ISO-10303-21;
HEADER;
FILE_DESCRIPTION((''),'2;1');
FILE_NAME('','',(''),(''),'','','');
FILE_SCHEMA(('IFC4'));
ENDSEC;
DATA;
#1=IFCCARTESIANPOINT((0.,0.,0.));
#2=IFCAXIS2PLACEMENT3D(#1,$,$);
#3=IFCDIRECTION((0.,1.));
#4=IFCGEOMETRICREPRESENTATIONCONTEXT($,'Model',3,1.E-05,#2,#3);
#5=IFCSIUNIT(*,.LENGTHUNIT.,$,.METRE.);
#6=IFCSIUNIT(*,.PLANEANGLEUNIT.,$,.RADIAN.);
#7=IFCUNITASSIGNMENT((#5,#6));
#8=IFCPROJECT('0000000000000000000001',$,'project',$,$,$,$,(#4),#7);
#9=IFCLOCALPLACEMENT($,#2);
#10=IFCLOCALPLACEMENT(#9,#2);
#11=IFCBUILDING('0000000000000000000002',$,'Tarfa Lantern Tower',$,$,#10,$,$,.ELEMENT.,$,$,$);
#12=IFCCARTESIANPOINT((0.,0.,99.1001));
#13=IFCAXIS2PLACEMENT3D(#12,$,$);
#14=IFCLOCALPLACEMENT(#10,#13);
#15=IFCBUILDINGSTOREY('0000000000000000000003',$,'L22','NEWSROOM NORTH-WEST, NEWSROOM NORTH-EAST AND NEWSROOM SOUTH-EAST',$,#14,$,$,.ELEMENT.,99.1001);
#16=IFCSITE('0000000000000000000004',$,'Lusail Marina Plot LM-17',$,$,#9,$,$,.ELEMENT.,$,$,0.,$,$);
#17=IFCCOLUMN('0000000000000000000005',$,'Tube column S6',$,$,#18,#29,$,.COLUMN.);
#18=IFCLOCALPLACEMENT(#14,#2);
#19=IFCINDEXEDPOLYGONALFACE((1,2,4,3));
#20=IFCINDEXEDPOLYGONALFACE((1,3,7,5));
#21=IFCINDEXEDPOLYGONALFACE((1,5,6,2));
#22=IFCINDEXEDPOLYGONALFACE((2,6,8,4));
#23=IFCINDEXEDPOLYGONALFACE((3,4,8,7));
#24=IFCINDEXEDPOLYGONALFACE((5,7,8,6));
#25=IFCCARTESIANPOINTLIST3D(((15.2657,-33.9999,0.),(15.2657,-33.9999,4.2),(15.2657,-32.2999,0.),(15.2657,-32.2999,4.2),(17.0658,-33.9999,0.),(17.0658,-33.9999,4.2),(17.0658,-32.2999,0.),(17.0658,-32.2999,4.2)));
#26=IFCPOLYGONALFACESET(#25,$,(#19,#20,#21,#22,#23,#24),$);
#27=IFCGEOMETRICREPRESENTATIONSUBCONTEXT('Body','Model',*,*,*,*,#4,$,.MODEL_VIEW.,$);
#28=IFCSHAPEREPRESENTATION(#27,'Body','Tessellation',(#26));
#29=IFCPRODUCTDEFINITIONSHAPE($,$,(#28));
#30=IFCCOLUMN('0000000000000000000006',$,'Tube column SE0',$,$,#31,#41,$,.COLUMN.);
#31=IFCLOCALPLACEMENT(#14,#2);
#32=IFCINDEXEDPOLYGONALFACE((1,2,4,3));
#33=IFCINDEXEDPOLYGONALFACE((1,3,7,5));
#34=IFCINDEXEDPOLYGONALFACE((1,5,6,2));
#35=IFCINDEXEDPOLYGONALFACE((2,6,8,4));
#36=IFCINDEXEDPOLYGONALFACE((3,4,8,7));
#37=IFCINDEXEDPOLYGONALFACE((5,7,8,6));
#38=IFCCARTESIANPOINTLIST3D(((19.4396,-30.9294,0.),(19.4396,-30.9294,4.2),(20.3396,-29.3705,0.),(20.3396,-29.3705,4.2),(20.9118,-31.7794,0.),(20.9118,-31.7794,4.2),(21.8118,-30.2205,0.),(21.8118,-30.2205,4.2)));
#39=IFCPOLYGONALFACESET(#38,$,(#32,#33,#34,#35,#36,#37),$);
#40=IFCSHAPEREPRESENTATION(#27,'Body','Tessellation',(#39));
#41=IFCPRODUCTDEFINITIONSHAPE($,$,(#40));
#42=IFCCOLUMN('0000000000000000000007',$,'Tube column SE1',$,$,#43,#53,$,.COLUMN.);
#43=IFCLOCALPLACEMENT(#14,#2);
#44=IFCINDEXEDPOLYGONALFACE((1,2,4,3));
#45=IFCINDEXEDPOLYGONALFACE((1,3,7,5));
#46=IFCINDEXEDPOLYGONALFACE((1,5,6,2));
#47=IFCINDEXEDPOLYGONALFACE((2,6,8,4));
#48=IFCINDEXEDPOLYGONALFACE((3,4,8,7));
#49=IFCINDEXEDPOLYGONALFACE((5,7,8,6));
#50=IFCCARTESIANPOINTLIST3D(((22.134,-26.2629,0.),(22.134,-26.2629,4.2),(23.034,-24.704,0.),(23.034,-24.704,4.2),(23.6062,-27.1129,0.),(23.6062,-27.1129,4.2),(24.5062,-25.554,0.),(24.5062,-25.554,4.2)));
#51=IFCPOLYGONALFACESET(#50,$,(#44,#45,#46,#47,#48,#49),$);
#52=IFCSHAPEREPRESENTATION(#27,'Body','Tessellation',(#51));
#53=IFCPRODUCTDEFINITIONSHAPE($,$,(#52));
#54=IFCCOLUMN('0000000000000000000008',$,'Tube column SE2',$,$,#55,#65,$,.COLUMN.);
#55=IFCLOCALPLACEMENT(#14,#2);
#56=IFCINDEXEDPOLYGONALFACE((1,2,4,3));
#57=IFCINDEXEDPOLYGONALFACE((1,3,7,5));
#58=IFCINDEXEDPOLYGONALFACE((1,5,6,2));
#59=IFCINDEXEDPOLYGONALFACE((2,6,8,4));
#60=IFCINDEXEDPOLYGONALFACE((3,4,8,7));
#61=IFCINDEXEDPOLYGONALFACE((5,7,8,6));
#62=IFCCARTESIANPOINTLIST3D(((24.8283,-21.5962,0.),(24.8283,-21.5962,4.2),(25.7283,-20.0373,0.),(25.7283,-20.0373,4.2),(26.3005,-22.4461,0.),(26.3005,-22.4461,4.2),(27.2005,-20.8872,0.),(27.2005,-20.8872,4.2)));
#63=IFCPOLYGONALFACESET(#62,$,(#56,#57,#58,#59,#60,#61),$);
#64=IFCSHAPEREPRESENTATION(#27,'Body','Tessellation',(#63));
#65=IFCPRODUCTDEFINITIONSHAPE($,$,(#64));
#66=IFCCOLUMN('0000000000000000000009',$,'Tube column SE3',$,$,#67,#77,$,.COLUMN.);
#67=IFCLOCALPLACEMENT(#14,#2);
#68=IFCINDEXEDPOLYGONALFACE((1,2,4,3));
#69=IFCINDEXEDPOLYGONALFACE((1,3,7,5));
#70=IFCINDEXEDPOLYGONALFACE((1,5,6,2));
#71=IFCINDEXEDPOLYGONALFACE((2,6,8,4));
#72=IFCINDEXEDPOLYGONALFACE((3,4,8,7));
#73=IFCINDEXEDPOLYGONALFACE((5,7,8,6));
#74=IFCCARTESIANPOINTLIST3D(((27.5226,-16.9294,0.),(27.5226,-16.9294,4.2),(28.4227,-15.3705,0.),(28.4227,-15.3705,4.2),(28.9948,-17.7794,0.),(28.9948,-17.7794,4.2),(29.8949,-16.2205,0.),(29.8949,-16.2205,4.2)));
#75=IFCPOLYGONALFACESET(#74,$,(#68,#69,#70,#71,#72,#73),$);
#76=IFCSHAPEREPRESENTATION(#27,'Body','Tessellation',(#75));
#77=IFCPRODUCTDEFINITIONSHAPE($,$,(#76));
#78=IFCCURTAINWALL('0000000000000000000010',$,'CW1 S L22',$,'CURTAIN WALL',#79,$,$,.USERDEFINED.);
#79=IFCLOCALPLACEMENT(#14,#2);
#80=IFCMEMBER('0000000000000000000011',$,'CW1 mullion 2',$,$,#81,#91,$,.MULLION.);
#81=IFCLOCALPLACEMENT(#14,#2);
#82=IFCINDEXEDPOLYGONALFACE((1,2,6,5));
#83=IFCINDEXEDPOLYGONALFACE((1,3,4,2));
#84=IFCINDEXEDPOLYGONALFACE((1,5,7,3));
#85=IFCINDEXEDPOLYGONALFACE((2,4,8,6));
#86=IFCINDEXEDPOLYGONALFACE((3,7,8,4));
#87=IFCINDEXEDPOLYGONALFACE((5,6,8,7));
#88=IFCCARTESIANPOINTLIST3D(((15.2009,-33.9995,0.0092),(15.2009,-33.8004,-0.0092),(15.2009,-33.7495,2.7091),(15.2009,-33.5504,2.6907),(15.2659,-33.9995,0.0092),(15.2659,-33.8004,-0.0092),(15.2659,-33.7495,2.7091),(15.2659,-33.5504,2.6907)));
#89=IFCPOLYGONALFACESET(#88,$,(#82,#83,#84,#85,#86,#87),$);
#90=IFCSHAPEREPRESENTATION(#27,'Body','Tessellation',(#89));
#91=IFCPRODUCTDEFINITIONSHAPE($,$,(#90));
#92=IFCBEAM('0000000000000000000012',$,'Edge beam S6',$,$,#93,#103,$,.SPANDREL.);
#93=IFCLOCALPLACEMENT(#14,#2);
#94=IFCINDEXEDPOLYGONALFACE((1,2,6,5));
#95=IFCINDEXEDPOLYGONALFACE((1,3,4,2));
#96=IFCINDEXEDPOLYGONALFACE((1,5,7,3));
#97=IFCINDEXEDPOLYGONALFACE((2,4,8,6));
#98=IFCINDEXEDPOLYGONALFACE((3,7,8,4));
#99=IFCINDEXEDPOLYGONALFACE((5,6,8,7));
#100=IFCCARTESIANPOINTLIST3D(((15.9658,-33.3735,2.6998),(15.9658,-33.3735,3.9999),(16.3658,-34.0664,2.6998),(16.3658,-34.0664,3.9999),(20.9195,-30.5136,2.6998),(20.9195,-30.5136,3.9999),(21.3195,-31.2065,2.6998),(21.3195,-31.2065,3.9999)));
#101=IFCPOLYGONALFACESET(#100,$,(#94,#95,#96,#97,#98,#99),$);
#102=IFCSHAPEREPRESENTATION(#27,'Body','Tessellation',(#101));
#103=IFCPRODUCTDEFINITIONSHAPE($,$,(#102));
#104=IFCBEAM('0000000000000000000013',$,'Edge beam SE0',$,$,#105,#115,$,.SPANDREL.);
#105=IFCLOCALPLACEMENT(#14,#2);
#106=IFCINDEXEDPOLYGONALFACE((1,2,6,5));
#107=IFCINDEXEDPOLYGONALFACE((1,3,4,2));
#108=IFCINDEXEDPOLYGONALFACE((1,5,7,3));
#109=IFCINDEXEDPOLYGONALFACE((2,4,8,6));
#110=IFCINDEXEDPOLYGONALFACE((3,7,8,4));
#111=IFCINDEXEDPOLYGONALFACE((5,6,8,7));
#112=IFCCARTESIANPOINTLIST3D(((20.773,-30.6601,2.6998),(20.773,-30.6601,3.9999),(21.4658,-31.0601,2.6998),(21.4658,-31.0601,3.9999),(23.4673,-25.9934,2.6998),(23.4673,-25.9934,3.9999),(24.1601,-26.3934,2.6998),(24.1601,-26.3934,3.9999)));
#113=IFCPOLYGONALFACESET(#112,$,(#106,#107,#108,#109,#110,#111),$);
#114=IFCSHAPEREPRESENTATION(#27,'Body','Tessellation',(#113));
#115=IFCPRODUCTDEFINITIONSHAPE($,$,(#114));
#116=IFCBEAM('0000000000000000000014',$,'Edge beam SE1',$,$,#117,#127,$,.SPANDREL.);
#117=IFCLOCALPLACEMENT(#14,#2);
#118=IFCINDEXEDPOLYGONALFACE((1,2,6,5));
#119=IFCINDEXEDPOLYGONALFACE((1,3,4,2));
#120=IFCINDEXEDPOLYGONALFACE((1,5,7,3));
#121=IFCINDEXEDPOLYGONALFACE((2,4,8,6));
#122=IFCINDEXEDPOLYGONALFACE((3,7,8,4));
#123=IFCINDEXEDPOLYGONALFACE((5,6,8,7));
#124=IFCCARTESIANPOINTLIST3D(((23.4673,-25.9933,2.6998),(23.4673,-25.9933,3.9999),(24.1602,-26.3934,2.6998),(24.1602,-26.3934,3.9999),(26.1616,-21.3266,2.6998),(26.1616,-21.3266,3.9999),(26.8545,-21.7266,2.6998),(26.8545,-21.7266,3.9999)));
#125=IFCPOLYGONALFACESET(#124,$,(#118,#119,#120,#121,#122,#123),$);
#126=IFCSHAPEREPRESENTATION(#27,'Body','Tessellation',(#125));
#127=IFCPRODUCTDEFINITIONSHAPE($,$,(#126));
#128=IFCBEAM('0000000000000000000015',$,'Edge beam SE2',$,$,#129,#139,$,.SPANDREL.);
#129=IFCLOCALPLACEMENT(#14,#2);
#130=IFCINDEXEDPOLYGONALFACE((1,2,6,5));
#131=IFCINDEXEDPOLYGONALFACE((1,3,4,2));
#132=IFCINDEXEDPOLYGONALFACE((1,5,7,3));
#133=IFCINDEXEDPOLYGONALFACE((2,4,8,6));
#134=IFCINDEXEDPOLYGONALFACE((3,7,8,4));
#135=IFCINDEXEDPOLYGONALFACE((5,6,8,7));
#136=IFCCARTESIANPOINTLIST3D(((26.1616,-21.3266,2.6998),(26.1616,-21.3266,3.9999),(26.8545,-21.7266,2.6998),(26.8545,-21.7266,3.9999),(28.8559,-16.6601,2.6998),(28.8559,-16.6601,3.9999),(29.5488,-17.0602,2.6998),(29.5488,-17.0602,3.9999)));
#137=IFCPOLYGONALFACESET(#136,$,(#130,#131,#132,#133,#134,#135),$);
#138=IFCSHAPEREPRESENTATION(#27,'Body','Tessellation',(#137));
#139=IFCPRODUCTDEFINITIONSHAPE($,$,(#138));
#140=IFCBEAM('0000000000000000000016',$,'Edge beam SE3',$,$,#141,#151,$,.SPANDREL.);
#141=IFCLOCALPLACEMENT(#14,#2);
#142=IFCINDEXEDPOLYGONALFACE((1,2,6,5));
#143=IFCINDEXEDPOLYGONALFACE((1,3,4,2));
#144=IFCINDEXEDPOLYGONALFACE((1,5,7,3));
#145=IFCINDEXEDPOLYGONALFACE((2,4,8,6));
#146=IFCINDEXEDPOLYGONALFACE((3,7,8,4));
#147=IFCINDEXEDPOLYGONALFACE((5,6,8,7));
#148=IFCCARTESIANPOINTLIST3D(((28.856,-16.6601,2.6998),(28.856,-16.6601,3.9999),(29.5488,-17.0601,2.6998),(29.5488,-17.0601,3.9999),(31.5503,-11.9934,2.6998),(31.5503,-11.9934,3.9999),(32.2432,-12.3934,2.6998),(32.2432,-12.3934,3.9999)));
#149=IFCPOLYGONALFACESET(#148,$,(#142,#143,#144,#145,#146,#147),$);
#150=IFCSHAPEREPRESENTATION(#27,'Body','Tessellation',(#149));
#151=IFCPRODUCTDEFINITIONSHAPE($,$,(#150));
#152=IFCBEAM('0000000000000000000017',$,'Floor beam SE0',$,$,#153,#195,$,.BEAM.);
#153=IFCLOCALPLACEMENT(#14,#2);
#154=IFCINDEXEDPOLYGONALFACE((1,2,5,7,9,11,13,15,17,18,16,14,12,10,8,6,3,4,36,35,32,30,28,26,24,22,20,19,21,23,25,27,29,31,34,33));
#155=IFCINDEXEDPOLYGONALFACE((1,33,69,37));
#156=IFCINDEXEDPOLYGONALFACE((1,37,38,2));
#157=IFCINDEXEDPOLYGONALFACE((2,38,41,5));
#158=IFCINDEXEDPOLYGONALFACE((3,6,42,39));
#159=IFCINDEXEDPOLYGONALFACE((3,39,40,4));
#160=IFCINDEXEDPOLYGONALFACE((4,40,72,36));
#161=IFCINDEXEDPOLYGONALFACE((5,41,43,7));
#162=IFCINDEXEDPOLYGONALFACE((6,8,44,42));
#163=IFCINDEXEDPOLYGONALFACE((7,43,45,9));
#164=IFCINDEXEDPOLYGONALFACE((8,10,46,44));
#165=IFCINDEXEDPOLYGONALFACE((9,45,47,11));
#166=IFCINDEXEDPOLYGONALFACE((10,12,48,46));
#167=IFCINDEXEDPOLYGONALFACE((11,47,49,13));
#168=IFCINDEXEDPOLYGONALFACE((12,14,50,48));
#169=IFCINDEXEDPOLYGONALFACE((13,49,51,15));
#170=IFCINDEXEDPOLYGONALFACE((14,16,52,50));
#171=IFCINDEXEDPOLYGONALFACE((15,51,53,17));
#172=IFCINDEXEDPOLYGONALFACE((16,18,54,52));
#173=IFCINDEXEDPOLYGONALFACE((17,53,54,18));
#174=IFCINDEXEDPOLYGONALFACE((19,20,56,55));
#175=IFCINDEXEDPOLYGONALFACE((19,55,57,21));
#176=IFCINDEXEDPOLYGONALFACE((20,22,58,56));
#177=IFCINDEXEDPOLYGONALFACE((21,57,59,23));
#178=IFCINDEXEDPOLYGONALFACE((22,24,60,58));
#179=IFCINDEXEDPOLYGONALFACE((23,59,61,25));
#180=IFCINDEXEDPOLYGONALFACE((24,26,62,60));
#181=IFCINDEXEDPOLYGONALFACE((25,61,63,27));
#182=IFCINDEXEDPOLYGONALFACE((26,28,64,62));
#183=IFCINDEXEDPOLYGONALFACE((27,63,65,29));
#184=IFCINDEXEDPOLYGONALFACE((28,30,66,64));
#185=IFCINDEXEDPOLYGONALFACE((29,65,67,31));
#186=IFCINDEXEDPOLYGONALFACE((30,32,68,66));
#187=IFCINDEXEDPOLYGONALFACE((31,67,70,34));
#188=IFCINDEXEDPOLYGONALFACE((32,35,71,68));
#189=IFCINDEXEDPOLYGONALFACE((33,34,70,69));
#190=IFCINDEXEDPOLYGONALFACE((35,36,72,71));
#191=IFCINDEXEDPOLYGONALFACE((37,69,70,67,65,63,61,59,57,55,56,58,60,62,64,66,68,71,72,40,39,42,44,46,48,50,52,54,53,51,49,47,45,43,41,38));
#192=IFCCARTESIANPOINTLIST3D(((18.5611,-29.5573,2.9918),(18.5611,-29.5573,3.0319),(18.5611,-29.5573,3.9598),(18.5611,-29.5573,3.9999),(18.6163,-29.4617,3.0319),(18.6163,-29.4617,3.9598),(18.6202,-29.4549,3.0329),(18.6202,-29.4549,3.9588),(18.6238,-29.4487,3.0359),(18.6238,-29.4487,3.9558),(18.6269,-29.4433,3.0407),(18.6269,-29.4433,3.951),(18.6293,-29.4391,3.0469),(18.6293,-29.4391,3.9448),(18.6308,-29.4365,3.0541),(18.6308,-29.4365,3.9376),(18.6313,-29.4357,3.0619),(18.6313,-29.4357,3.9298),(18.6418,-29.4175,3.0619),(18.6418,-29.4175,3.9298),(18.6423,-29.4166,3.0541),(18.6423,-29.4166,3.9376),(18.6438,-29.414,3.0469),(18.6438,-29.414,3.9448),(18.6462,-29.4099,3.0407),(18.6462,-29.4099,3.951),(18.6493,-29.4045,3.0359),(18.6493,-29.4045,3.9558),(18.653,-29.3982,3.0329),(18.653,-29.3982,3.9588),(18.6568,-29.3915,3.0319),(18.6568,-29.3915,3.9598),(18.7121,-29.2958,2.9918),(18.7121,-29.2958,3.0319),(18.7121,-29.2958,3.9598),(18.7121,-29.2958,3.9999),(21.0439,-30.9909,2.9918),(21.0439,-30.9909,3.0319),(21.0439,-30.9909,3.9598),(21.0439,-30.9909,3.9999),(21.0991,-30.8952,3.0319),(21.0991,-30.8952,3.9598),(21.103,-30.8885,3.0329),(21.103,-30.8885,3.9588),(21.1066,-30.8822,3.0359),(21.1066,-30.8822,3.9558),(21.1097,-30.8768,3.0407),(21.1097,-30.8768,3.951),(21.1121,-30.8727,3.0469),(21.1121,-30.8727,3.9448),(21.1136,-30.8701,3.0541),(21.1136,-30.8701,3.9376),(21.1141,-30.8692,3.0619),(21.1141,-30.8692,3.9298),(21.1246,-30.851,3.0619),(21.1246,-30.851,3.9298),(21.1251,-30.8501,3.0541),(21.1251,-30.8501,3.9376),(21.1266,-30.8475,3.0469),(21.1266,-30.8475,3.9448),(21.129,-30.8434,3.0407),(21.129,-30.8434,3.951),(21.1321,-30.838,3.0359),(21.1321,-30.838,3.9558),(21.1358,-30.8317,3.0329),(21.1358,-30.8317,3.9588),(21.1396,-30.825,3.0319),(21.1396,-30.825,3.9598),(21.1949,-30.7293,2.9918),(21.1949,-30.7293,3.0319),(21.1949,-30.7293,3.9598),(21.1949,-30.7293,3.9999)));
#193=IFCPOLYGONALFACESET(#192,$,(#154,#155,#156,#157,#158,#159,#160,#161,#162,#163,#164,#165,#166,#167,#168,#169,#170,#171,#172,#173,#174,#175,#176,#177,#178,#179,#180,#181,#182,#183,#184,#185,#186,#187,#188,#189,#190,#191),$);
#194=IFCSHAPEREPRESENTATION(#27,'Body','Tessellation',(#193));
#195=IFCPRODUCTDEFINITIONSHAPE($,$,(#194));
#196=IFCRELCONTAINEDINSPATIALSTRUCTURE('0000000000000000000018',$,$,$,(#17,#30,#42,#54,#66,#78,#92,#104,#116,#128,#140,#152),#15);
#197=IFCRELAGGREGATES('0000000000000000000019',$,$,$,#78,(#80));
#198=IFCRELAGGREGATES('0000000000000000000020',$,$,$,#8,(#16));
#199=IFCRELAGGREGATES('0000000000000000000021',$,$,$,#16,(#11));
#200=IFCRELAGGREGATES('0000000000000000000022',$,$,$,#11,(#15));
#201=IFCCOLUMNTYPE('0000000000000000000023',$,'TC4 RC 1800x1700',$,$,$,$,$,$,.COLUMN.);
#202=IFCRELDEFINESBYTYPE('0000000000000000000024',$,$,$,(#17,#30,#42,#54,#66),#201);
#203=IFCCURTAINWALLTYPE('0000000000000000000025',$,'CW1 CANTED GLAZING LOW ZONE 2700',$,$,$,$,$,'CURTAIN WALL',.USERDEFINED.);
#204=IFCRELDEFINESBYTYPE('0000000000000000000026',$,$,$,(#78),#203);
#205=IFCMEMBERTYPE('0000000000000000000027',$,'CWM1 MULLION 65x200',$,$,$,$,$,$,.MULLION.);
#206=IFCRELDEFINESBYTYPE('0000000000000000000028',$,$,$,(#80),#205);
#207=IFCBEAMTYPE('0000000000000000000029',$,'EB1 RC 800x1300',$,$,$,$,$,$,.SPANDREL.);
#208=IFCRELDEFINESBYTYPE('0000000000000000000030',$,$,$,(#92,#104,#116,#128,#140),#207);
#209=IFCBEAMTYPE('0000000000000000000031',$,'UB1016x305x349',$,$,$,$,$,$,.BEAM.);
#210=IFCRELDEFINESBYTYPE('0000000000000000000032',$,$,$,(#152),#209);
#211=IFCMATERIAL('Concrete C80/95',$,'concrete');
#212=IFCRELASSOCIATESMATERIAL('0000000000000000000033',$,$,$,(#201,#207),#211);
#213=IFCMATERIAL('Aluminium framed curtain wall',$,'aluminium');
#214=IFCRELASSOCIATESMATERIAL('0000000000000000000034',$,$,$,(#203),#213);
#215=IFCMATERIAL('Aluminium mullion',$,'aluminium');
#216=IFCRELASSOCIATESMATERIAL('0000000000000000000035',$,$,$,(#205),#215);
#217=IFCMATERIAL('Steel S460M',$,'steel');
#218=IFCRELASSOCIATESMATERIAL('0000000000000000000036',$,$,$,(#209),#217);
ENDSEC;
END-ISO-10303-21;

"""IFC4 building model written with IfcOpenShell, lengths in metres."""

from ifc_helpers import new_model, si_unit, direction, frame, origin, origin_2d, place, context, subcontext, project, spatial, rectangle, i_section, extrude, material, material_profile, profile_set, type_object, element, aggregate, save


model = new_model("IFC4")

# Units and contexts
model_context = context("Model", 3, precision=1e-05, world=origin(), true_north=direction((0.0, 1.0)))
body_context = subcontext(model_context, "Body", "Model", "MODEL_VIEW")
ifc_project = project(units=[si_unit("LENGTHUNIT", "METRE"), si_unit("PLANEANGLEUNIT", "RADIAN")], contexts=[model_context])

# Site, building, storey
site_placement = place(None, origin())
site = spatial("IfcSite", under=ifc_project, at=site_placement, Name="Lusail Marina Plot LM-17", CompositionType="ELEMENT", RefElevation=0.0)
building_placement = place(site_placement, origin())
building = spatial("IfcBuilding", under=site, at=building_placement, Name="Tarfa Lantern Tower", CompositionType="ELEMENT")
storey_placement = place(building_placement, frame((0.0, 0.0, 99.1001)))
storey = spatial("IfcBuildingStorey", under=building, at=storey_placement, Name="L22", Description="NEWSROOM NORTH-WEST, NEWSROOM NORTH-EAST AND NEWSROOM SOUTH-EAST", CompositionType="ELEMENT", Elevation=99.1001)

# Columns
ifc_material_1 = material(Name="Concrete C80/95", Category="concrete")
ifc_material_profile_1 = material_profile(ifc_material_1, rectangle(XDim=1.8, YDim=1.7, at=origin_2d()), Name="RC 1800x1700")
ifc_profile_set_1 = profile_set([ifc_material_profile_1], Name="Concrete C80/95")
column_type = type_object("IfcColumnType", Name="TC4 RC 1800x1700", PredefinedType="COLUMN", material=ifc_profile_set_1)
for number, where, z_axis, x_axis, name in (
    (1, (16.1658, -33.1499, 0.0), (0.0, 0.0, 1.0), (1.0, 0.0, 0.0), "Tube column S6"),
    (2, (20.6257, -30.575, 0.0), (0.0, 0.0, 1.0), (0.5, 0.866025, 0.0), "Tube column SE0"),
    (3, (23.3201, -25.9084, 0.0), (0.0, 0.0, 1.0), (0.5, 0.866025, 0.0), "Tube column SE1"),
    (4, (26.0144, -21.2417, 0.0), (0.0, 0.0, 1.0), (0.5, 0.866025, 0.0), "Tube column SE2"),
    (5, (28.7087, -16.575, 0.0), (0.0, 0.0, 1.0), (0.5, 0.866025, 0.0), "Tube column SE3"),
):
    element("IfcColumn", number, at=place(storey_placement, frame(where, z_axis=z_axis, x_axis=x_axis)), inside=storey, type_object=column_type, Name=name, PredefinedType="COLUMN", context=body_context, shape_type="SweptSolid", body=[
        extrude(rectangle(XDim=1.8, YDim=1.7, at=origin_2d()), origin(), (0.0, 0.0, 1.0), 4.2),
    ])

# Curtain wall, member
ifc_material_2 = material(Name="Aluminium framed curtain wall", Category="aluminium")
curtain_wall_type = type_object("IfcCurtainWallType", Name="CW1 CANTED GLAZING LOW ZONE 2700", ElementType="CURTAIN WALL", PredefinedType="USERDEFINED", material=ifc_material_2)
curtain_wall_placement = place(storey_placement, origin())
curtain_wall = element("IfcCurtainWall", 6, at=curtain_wall_placement, inside=storey, type_object=curtain_wall_type, Name="CW1 S L22", ObjectType="CURTAIN WALL", PredefinedType="USERDEFINED")
ifc_material_3 = material(Name="Aluminium mullion", Category="aluminium")
ifc_material_profile_2 = material_profile(ifc_material_3, rectangle(XDim=0.0649, YDim=0.2, at=origin_2d()), Name="AL MULLION 65x200")
ifc_profile_set_2 = profile_set([ifc_material_profile_2], Name="Aluminium mullion")
member_type = type_object("IfcMemberType", Name="CWM1 MULLION 65x200", PredefinedType="MULLION", material=ifc_profile_set_2)
member_placement = place(storey_placement, frame((15.2334, -33.8999, 0.0), z_axis=(0.0, 0.0922, 0.995741), x_axis=(-1.0, 0.0, 0.0)))
member = element("IfcMember", 7, at=member_placement, type_object=member_type, Name="CW1 mullion 2", PredefinedType="MULLION", context=body_context, shape_type="SweptSolid", body=[
    extrude(rectangle(XDim=0.0649, YDim=0.2, at=origin_2d()), origin(), (0.0, 0.0, 1.0), 2.7114),
])
aggregate(curtain_wall, [member])

# Beams
ifc_material_profile_3 = material_profile(ifc_material_1, rectangle(XDim=0.8, YDim=1.3, at=origin_2d()), Name="RC 800x1300")
ifc_profile_set_3 = profile_set([ifc_material_profile_3], Name="Concrete C80/95")
beam_type_1 = type_object("IfcBeamType", Name="EB1 RC 800x1300", PredefinedType="SPANDREL", material=ifc_profile_set_3)
beam_1_placement = place(storey_placement, frame((16.1658, -33.72, 3.3499), z_axis=(0.866033, 0.499986, 0.0), x_axis=(-0.499986, 0.866033, 0.0)))
element("IfcBeam", 8, at=beam_1_placement, inside=storey, type_object=beam_type_1, Name="Edge beam S6", PredefinedType="SPANDREL", context=body_context, shape_type="SweptSolid", body=[
    extrude(rectangle(XDim=0.8, YDim=1.3, at=origin_2d()), origin(), (0.0, 0.0, 1.0), 5.72),
])
for number, where, z_axis, x_axis, name in (
    (9, (21.1194, -30.8601, 3.3499), (0.499998, 0.866026, 0.0), (-0.866026, 0.499998, 0.0), "Edge beam SE0"),
    (10, (23.8137, -26.1934, 3.3499), (0.499998, 0.866026, 0.0), (-0.866026, 0.499998, 0.0), "Edge beam SE1"),
):
    element("IfcBeam", number, at=place(storey_placement, frame(where, z_axis=z_axis, x_axis=x_axis)), inside=storey, type_object=beam_type_1, Name=name, PredefinedType="SPANDREL", context=body_context, shape_type="SweptSolid", body=[
        extrude(rectangle(XDim=0.8, YDim=1.3, at=origin_2d()), origin(), (0.0, 0.0, 1.0), 5.3887),
    ])
beam_2_placement = place(storey_placement, frame((26.5081, -21.5266, 3.3499), z_axis=(0.500018, 0.866015, 0.0), x_axis=(-0.866015, 0.500018, 0.0)))
element("IfcBeam", 11, at=beam_2_placement, inside=storey, type_object=beam_type_1, Name="Edge beam SE2", PredefinedType="SPANDREL", context=body_context, shape_type="SweptSolid", body=[
    extrude(rectangle(XDim=0.8, YDim=1.3, at=origin_2d()), origin(), (0.0, 0.0, 1.0), 5.3884),
])
beam_3_placement = place(storey_placement, frame((29.2024, -16.8601, 3.3499), z_axis=(0.499998, 0.866026, 0.0), x_axis=(-0.866026, 0.499998, 0.0)))
element("IfcBeam", 12, at=beam_3_placement, inside=storey, type_object=beam_type_1, Name="Edge beam SE3", PredefinedType="SPANDREL", context=body_context, shape_type="SweptSolid", body=[
    extrude(rectangle(XDim=0.8, YDim=1.3, at=origin_2d()), origin(), (0.0, 0.0, 1.0), 5.3887),
])
ifc_material_4 = material(Name="Steel S460M", Category="steel")
ifc_material_profile_4 = material_profile(ifc_material_4, i_section(OverallWidth=0.302, OverallDepth=1.0081, WebThickness=0.021, FlangeThickness=0.04, FilletRadius=0.03, at=origin_2d()), Name="UB1016x305x349")
ifc_profile_set_4 = profile_set([ifc_material_profile_4], Name="Steel S460M")
beam_type_2 = type_object("IfcBeamType", Name="UB1016x305x349", PredefinedType="BEAM", material=ifc_profile_set_4)
beam_4_placement = place(storey_placement, frame((21.1194, -30.8601, 3.4958), z_axis=(-0.866013, 0.500022, 0.0), x_axis=(-0.500022, -0.866013, 0.0)))
element("IfcBeam", 13, at=beam_4_placement, inside=storey, type_object=beam_type_2, Name="Floor beam SE0", PredefinedType="BEAM", context=body_context, shape_type="SweptSolid", body=[
    extrude(i_section(OverallWidth=0.302, OverallDepth=1.0081, WebThickness=0.021, FlangeThickness=0.04, FilletRadius=0.03, at=origin_2d()), origin(), (0.0, 0.0, 1.0), 2.8669),
])

save(model, "model.ifc")
